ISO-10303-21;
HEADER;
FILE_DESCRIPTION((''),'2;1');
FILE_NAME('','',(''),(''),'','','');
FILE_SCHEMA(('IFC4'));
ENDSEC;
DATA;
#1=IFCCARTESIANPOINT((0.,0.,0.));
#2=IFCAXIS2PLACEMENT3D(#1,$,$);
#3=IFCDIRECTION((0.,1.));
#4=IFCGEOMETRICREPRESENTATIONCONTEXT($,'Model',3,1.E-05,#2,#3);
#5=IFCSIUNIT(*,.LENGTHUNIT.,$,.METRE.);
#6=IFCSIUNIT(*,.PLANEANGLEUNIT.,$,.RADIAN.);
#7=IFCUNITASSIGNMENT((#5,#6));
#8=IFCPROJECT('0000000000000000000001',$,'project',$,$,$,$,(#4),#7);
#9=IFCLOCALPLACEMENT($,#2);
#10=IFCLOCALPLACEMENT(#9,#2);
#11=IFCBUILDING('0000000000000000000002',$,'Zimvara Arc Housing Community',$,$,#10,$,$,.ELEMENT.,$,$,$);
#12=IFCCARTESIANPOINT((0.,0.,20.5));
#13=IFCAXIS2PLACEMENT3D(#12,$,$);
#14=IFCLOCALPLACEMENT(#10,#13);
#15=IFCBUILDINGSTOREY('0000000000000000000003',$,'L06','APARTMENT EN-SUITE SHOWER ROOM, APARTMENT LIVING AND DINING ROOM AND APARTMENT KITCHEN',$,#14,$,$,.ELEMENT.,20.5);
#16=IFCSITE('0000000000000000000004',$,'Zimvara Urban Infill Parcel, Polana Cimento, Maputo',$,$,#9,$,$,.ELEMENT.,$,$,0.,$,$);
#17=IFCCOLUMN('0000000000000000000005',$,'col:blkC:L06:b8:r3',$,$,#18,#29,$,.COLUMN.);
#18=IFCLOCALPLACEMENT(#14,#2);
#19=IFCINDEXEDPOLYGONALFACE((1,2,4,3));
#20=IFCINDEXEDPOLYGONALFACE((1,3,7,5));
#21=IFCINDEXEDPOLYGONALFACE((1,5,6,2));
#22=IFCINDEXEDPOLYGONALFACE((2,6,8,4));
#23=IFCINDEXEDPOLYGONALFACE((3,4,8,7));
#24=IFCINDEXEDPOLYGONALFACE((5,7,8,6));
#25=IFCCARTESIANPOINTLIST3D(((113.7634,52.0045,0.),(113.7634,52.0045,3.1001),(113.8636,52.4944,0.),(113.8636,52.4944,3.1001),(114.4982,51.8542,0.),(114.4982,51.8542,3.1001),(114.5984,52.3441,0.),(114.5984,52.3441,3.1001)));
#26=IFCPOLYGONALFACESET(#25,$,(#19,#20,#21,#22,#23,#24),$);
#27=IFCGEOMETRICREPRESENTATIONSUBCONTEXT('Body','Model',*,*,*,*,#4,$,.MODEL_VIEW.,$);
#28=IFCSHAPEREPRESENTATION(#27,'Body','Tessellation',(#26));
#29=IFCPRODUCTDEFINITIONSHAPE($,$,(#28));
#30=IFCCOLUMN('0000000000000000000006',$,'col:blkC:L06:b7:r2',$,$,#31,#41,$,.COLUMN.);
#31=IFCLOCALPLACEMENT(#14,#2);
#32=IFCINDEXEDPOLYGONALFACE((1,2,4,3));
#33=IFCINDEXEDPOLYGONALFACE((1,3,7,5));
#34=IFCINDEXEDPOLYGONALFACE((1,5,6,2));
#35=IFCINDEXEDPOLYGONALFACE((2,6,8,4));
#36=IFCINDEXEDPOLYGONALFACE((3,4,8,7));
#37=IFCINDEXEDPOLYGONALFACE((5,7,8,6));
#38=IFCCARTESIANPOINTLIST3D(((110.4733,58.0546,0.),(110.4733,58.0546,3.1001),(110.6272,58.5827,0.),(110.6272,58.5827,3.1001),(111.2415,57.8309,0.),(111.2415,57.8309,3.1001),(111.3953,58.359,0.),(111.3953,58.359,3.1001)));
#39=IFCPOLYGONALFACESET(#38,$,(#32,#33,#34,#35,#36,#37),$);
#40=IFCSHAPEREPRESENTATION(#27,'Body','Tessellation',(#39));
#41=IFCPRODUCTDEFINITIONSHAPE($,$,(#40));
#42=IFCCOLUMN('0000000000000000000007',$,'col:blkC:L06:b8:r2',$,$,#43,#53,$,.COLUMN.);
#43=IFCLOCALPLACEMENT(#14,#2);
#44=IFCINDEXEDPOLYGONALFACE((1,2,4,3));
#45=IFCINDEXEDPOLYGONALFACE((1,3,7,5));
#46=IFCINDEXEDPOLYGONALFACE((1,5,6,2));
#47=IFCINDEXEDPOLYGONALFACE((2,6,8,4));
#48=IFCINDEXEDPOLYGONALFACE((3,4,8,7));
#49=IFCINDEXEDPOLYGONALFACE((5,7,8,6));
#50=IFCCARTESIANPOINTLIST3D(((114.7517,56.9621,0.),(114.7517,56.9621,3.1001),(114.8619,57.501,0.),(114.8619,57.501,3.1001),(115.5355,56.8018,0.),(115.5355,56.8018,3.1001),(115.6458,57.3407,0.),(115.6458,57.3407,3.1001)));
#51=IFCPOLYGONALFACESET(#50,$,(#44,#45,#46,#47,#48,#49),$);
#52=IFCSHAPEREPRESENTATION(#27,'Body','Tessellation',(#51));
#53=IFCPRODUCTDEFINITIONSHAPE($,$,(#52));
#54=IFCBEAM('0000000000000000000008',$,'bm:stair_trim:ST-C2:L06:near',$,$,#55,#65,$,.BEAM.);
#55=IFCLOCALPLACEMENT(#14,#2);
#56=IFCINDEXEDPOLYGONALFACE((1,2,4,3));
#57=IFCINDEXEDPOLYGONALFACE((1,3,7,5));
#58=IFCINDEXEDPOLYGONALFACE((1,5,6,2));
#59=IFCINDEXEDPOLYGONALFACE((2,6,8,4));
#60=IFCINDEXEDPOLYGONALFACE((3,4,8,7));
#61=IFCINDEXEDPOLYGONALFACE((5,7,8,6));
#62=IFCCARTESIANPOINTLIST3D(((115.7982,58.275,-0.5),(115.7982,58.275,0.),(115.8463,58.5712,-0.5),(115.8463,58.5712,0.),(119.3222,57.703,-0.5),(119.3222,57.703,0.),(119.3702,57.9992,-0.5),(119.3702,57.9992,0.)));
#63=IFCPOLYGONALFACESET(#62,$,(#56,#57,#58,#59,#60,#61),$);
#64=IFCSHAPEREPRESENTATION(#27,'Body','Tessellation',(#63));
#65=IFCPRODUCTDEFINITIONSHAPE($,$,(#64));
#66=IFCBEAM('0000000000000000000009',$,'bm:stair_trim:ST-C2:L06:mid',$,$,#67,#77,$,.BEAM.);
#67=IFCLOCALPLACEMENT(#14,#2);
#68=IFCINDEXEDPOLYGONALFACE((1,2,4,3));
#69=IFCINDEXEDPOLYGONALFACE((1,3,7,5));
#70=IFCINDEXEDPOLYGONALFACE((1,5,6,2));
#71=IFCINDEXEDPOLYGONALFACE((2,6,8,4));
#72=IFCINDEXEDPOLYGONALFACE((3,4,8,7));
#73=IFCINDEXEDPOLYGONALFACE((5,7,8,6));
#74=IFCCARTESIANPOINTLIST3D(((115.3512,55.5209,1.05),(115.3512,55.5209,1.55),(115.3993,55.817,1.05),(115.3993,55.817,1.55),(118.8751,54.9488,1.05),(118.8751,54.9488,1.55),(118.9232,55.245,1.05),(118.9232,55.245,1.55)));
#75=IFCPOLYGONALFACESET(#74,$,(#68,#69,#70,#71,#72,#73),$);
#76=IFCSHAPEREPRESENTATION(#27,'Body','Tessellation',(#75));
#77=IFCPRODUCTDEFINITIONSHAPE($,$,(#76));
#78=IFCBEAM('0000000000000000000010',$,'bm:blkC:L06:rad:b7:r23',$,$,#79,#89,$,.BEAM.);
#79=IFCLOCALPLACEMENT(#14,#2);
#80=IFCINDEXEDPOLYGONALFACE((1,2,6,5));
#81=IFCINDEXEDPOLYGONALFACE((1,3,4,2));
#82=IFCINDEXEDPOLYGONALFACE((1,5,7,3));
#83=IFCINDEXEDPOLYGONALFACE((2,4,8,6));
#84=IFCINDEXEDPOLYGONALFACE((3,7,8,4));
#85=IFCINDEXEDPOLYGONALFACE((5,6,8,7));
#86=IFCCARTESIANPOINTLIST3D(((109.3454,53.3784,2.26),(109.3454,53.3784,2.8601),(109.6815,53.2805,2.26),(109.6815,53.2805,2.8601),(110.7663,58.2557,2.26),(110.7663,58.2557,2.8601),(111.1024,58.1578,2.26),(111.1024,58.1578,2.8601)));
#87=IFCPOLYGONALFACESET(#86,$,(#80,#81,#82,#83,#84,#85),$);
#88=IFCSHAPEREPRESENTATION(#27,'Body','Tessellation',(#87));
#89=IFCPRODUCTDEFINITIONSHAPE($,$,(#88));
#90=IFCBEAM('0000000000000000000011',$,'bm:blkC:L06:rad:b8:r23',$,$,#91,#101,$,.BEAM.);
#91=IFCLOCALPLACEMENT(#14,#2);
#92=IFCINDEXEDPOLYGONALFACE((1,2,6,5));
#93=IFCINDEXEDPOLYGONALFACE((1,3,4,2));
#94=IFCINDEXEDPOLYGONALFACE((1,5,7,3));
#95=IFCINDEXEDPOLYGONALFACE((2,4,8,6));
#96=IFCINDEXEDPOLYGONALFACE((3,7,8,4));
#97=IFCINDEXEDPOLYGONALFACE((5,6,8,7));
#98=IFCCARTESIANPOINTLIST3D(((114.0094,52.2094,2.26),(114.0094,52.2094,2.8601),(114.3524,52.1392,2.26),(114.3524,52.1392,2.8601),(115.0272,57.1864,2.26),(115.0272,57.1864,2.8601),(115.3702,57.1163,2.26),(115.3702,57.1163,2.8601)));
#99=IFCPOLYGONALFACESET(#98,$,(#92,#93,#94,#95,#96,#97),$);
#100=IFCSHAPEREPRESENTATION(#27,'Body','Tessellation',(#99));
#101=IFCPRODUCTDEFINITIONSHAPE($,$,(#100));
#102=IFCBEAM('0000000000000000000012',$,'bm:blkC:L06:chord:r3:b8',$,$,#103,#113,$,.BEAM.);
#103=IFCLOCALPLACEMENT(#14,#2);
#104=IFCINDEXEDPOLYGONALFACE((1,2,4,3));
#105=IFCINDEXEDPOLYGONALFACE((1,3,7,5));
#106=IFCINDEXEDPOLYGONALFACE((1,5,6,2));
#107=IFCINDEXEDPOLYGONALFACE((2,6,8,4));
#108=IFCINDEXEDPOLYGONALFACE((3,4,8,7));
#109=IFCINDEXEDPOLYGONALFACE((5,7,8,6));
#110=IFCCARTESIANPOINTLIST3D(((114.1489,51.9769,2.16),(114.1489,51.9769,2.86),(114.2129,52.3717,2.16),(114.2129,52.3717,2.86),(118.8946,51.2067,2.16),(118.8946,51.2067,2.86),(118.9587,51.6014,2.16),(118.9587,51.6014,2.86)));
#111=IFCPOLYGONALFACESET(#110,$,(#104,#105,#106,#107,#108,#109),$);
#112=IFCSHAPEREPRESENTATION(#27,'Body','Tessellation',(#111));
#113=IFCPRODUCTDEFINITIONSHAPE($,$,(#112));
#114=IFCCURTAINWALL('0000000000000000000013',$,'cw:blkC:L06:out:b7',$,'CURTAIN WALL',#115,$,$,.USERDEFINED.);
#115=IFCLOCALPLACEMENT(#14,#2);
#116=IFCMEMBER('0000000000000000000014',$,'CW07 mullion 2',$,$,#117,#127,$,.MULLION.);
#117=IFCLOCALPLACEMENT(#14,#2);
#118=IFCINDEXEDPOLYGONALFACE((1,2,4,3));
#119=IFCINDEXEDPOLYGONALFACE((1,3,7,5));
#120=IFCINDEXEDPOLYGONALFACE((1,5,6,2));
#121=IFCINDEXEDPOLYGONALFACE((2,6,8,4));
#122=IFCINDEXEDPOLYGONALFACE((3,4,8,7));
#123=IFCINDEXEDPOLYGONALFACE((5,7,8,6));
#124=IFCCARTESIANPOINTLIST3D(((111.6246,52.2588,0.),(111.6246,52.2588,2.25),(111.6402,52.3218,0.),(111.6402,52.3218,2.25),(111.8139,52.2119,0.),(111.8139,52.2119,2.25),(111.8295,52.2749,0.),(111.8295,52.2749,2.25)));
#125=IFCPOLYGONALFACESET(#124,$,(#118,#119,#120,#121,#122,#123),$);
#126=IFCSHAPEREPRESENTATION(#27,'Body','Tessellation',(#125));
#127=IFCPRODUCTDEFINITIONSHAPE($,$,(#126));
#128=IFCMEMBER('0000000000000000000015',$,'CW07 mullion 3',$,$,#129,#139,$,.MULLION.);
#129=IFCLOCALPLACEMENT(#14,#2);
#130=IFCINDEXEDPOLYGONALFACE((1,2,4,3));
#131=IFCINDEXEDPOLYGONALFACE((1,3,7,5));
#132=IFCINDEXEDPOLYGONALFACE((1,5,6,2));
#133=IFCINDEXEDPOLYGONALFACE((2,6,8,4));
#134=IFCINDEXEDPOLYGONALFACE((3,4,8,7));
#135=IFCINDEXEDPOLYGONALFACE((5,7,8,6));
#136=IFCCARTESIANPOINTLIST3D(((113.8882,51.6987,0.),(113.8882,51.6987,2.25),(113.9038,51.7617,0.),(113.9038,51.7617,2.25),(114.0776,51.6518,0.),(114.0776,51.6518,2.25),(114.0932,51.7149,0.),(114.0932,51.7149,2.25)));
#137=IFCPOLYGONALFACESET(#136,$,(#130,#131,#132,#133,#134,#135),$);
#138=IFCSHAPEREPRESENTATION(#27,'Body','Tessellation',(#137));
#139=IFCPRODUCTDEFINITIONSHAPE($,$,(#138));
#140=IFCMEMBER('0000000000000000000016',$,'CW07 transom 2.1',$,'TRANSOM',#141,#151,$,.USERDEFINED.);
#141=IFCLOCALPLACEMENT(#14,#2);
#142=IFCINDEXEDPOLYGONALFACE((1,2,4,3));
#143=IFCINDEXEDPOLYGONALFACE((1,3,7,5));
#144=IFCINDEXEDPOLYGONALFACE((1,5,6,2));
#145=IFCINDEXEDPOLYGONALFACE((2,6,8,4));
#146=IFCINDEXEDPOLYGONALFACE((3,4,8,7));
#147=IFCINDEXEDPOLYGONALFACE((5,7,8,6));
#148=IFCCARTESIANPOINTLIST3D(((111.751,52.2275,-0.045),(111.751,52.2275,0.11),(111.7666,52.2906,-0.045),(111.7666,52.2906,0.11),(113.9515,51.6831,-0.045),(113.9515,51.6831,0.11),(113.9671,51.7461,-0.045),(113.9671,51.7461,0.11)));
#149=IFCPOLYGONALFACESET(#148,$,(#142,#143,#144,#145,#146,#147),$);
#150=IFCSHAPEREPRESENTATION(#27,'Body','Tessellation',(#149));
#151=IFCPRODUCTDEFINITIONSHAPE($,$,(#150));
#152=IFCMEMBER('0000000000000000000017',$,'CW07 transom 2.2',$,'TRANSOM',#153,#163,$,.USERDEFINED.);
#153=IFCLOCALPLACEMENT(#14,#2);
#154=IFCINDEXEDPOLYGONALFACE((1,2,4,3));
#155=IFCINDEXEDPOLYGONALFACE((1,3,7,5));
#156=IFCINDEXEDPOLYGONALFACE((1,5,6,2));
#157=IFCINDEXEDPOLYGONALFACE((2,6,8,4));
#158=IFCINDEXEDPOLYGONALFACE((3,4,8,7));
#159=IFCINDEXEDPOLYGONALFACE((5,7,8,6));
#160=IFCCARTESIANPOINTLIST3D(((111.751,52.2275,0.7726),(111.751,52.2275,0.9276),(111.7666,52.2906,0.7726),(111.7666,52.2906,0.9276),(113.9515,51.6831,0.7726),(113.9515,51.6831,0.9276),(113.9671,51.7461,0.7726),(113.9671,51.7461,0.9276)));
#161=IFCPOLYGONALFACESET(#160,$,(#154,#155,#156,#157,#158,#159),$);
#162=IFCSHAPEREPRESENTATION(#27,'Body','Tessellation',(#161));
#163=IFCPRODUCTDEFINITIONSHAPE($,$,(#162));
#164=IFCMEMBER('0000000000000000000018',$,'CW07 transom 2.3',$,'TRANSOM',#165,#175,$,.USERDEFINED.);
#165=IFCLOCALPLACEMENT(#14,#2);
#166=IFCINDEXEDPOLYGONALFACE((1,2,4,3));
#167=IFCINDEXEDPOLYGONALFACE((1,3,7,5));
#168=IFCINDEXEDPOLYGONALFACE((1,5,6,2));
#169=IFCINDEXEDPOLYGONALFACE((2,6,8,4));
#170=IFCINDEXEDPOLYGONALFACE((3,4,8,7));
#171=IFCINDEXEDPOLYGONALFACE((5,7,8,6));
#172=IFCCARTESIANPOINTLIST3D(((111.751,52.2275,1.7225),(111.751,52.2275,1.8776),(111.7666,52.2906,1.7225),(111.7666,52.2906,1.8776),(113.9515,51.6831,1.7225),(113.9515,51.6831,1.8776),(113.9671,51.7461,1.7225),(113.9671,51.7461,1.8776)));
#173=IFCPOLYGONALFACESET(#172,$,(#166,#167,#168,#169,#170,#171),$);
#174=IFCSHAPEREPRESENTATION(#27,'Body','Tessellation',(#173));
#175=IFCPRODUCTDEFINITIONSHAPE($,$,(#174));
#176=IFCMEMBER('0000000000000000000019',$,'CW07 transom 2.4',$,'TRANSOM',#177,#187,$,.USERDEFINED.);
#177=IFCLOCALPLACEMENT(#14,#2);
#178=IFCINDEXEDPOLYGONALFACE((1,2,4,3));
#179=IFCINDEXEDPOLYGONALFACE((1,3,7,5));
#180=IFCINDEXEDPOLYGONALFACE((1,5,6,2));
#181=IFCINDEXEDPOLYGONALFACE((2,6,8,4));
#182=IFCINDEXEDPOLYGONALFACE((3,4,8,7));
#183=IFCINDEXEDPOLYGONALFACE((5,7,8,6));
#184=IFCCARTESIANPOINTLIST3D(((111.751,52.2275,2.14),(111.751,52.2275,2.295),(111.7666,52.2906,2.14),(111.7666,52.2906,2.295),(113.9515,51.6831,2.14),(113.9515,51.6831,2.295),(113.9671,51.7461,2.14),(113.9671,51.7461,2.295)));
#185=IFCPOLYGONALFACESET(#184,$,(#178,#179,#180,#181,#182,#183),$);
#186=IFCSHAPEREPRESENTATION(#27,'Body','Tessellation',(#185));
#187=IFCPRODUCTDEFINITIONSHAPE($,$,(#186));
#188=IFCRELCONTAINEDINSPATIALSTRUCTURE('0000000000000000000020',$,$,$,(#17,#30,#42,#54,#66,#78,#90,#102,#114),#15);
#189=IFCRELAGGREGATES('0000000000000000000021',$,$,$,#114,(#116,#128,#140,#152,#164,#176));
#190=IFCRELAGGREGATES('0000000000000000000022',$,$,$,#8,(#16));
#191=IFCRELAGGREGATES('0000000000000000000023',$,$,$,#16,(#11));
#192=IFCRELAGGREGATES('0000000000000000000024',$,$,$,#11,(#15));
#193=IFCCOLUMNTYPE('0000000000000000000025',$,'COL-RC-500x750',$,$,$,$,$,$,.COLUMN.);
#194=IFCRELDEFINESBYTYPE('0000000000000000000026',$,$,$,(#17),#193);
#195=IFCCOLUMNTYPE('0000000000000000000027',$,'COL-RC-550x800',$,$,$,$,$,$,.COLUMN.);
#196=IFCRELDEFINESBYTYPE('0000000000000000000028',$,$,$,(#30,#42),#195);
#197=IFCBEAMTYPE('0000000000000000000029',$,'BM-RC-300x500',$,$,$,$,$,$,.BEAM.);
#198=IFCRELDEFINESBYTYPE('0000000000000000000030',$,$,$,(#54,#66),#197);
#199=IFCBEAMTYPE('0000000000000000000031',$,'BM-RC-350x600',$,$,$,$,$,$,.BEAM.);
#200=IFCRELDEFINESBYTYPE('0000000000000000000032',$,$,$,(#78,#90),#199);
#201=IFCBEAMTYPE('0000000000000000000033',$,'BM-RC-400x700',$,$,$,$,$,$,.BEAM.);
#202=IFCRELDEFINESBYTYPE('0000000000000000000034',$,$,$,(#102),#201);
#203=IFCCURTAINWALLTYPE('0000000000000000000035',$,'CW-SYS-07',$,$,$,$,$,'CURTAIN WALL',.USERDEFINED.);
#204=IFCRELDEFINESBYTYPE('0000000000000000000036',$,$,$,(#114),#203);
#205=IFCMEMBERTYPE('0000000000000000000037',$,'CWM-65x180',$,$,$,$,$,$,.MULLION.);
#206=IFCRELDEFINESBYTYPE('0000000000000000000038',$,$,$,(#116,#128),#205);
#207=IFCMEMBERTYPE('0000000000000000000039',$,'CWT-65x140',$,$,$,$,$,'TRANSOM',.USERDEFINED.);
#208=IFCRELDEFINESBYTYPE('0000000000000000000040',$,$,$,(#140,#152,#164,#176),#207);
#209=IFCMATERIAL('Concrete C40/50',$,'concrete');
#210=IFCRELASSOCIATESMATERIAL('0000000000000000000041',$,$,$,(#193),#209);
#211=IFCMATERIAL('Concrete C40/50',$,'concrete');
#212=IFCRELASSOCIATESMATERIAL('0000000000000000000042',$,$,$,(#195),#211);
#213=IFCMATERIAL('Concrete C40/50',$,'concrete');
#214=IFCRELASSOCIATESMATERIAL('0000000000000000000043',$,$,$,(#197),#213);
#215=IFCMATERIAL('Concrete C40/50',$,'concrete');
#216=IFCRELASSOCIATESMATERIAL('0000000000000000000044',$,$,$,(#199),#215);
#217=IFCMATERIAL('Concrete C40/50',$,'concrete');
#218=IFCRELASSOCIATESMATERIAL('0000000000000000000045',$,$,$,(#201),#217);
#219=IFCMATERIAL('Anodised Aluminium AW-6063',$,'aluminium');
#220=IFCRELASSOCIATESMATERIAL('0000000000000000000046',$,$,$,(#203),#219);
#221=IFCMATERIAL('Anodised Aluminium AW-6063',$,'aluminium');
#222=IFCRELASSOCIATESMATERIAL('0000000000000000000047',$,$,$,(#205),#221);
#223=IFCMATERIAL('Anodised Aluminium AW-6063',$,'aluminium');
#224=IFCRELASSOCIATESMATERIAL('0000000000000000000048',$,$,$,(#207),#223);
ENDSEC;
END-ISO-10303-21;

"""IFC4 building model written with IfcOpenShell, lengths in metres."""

from ifc_helpers import new_model, si_unit, direction, frame, origin, origin_2d, place, context, subcontext, project, spatial, rectangle, extrude, material, material_profile, profile_set, type_object, element, aggregate, save


model = new_model("IFC4")

# Units and contexts
model_context = context("Model", 3, precision=1e-05, world=origin(), true_north=direction((0.0, 1.0)))
body_context = subcontext(model_context, "Body", "Model", "MODEL_VIEW")
ifc_project = project(units=[si_unit("LENGTHUNIT", "METRE"), si_unit("PLANEANGLEUNIT", "RADIAN")], contexts=[model_context])

# Site, building, storey
site_placement = place(None, origin())
site = spatial("IfcSite", under=ifc_project, at=site_placement, Name="Zimvara Urban Infill Parcel, Polana Cimento, Maputo", CompositionType="ELEMENT", RefElevation=0.0)
building_placement = place(site_placement, origin())
building = spatial("IfcBuilding", under=site, at=building_placement, Name="Zimvara Arc Housing Community", CompositionType="ELEMENT")
storey_placement = place(building_placement, frame((0.0, 0.0, 20.5)))
storey = spatial("IfcBuildingStorey", under=building, at=storey_placement, Name="L06", Description="APARTMENT EN-SUITE SHOWER ROOM, APARTMENT LIVING AND DINING ROOM AND APARTMENT KITCHEN", CompositionType="ELEMENT", Elevation=20.5)

# Columns
ifc_material_1 = material(Name="Concrete C40/50", Category="concrete")
ifc_material_profile_1 = material_profile(ifc_material_1, rectangle(XDim=0.5, YDim=0.75, at=origin_2d()), Name="RC 500x750")
ifc_profile_set_1 = profile_set([ifc_material_profile_1], Name="Concrete C40/50")
column_type_1 = type_object("IfcColumnType", Name="COL-RC-500x750", PredefinedType="COLUMN", material=ifc_profile_set_1)
column_placement = place(storey_placement, frame((114.1809, 52.1743, 0.0), z_axis=(0.0, 0.0, 1.0), x_axis=(-0.200394, -0.979715, 0.0)))
element("IfcColumn", 1, at=column_placement, inside=storey, type_object=column_type_1, Name="col:blkC:L06:b8:r3", PredefinedType="COLUMN", context=body_context, shape_type="SweptSolid", body=[
    extrude(rectangle(XDim=0.5, YDim=0.75, at=origin_2d()), origin(), (0.0, 0.0, 1.0), 3.1001),
])
ifc_material_2 = material(Name="Concrete C40/50", Category="concrete")
ifc_material_profile_2 = material_profile(ifc_material_2, rectangle(XDim=0.55, YDim=0.8, at=origin_2d()), Name="RC 550x800")
ifc_profile_set_2 = profile_set([ifc_material_profile_2], Name="Concrete C40/50")
column_type_2 = type_object("IfcColumnType", Name="COL-RC-550x800", PredefinedType="COLUMN", material=ifc_profile_set_2)
for number, where, z_axis, x_axis, name in (
    (2, (110.9343, 58.2068, 0.0), (0.0, 0.0, 1.0), (-0.279661, -0.960099, 0.0), "col:blkC:L06:b7:r2"),
    (3, (115.1987, 57.1514, 0.0), (0.0, 0.0, 1.0), (-0.200394, -0.979715, 0.0), "col:blkC:L06:b8:r2"),
):
    element("IfcColumn", number, at=place(storey_placement, frame(where, z_axis=z_axis, x_axis=x_axis)), inside=storey, type_object=column_type_2, Name=name, PredefinedType="COLUMN", context=body_context, shape_type="SweptSolid", body=[
        extrude(rectangle(XDim=0.55, YDim=0.8, at=origin_2d()), origin(), (0.0, 0.0, 1.0), 3.1001),
    ])

# Beams
ifc_material_3 = material(Name="Concrete C40/50", Category="concrete")
ifc_material_profile_3 = material_profile(ifc_material_3, rectangle(XDim=0.3, YDim=0.5, at=origin_2d()), Name="RC 300x500")
ifc_profile_set_3 = profile_set([ifc_material_profile_3], Name="Concrete C40/50")
beam_type_1 = type_object("IfcBeamType", Name="BM-RC-300x500", PredefinedType="BEAM", material=ifc_profile_set_3)
for number, where, z_axis, x_axis, name in (
    (4, (115.8223, 58.4231, -0.25), (0.98708, -0.160228, 0.0), (0.160228, 0.98708, 0.0), "bm:stair_trim:ST-C2:L06:near"),
    (5, (115.3752, 55.6689, 1.3), (0.98708, -0.160228, 0.0), (0.160228, 0.98708, 0.0), "bm:stair_trim:ST-C2:L06:mid"),
):
    element("IfcBeam", number, at=place(storey_placement, frame(where, z_axis=z_axis, x_axis=x_axis)), inside=storey, type_object=beam_type_1, Name=name, PredefinedType="BEAM", context=body_context, shape_type="SweptSolid", body=[
        extrude(rectangle(XDim=0.3, YDim=0.5, at=origin_2d()), origin(), (0.0, 0.0, 1.0), 3.5701),
    ])
ifc_material_4 = material(Name="Concrete C40/50", Category="concrete")
ifc_material_profile_4 = material_profile(ifc_material_4, rectangle(XDim=0.3501, YDim=0.6001, at=origin_2d()), Name="RC 350x600")
ifc_profile_set_4 = profile_set([ifc_material_profile_4], Name="Concrete C40/50")
beam_type_2 = type_object("IfcBeamType", Name="BM-RC-350x600", PredefinedType="BEAM", material=ifc_profile_set_4)
for number, where, z_axis, x_axis, name in (
    (6, (110.9343, 58.2068, 2.5601), (-0.279694, -0.960089, 0.0), (0.960089, -0.279694, 0.0), "bm:blkC:L06:rad:b7:r23"),
    (7, (115.1987, 57.1514, 2.5601), (-0.200356, -0.979723, 0.0), (0.979723, -0.200356, 0.0), "bm:blkC:L06:rad:b8:r23"),
):
    element("IfcBeam", number, at=place(storey_placement, frame(where, z_axis=z_axis, x_axis=x_axis)), inside=storey, type_object=beam_type_2, Name=name, PredefinedType="BEAM", context=body_context, shape_type="SweptSolid", body=[
        extrude(rectangle(XDim=0.3501, YDim=0.6001, at=origin_2d()), origin(), (0.0, 0.0, 1.0), 5.0801),
    ])
ifc_material_5 = material(Name="Concrete C40/50", Category="concrete")
ifc_material_profile_5 = material_profile(ifc_material_5, rectangle(XDim=0.3999, YDim=0.7, at=origin_2d()), Name="RC 400x700")
ifc_profile_set_5 = profile_set([ifc_material_profile_5], Name="Concrete C40/50")
beam_type_3 = type_object("IfcBeamType", Name="BM-RC-400x700", PredefinedType="BEAM", material=ifc_profile_set_5)
beam_placement = place(storey_placement, frame((114.1809, 52.1743, 2.51), z_axis=(0.987084, -0.160206, 0.0), x_axis=(0.160206, 0.987084, 0.0)))
element("IfcBeam", 8, at=beam_placement, inside=storey, type_object=beam_type_3, Name="bm:blkC:L06:chord:r3:b8", PredefinedType="BEAM", context=body_context, shape_type="SweptSolid", body=[
    extrude(rectangle(XDim=0.3999, YDim=0.7, at=origin_2d()), origin(), (0.0, 0.0, 1.0), 4.8079),
])

# Curtain wall, members
ifc_material_6 = material(Name="Anodised Aluminium AW-6063", Category="aluminium")
curtain_wall_type = type_object("IfcCurtainWallType", Name="CW-SYS-07", ElementType="CURTAIN WALL", PredefinedType="USERDEFINED", material=ifc_material_6)
curtain_wall_placement = place(storey_placement, origin())
curtain_wall = element("IfcCurtainWall", 9, at=curtain_wall_placement, inside=storey, type_object=curtain_wall_type, Name="cw:blkC:L06:out:b7", ObjectType="CURTAIN WALL", PredefinedType="USERDEFINED")
ifc_material_7 = material(Name="Anodised Aluminium AW-6063", Category="aluminium")
ifc_material_profile_6 = material_profile(ifc_material_7, rectangle(XDim=0.0649, YDim=0.1951, at=origin_2d()), Name="ALU 65x195")
ifc_profile_set_6 = profile_set([ifc_material_profile_6], Name="Anodised Aluminium AW-6063")
member_type_1 = type_object("IfcMemberType", Name="CWM-65x180", PredefinedType="MULLION", material=ifc_profile_set_6)
member_1_placement = place(storey_placement, frame((111.7271, 52.2668, 0.0), z_axis=(0.0, 0.0, 1.0), x_axis=(0.24023, 0.970716, 0.0)))
member_1 = element("IfcMember", 10, at=member_1_placement, type_object=member_type_1, Name="CW07 mullion 2", PredefinedType="MULLION", context=body_context, shape_type="SweptSolid", body=[
    extrude(rectangle(XDim=0.0649, YDim=0.1951, at=origin_2d()), origin(), (0.0, 0.0, 1.0), 2.25),
])
member_2_placement = place(storey_placement, frame((113.9907, 51.7068, 0.0), z_axis=(0.0, 0.0, 1.0), x_axis=(0.24023, 0.970716, 0.0)))
member_2 = element("IfcMember", 11, at=member_2_placement, type_object=member_type_1, Name="CW07 mullion 3", PredefinedType="MULLION", context=body_context, shape_type="SweptSolid", body=[
    extrude(rectangle(XDim=0.0649, YDim=0.1951, at=origin_2d()), origin(), (0.0, 0.0, 1.0), 2.25),
])
ifc_material_8 = material(Name="Anodised Aluminium AW-6063", Category="aluminium")
ifc_material_profile_7 = material_profile(ifc_material_8, rectangle(XDim=0.0649, YDim=0.155, at=origin_2d()), Name="ALU 65x155")
ifc_profile_set_7 = profile_set([ifc_material_profile_7], Name="Anodised Aluminium AW-6063")
member_type_2 = type_object("IfcMemberType", Name="CWT-65x140", ElementType="TRANSOM", PredefinedType="USERDEFINED", material=ifc_profile_set_7)
member_3_placement = place(storey_placement, frame((111.7588, 52.259, 0.0325), z_axis=(0.970729, -0.240178, 0.0), x_axis=(0.240178, 0.970729, 0.0)))
member_3 = element("IfcMember", 12, at=member_3_placement, type_object=member_type_2, Name="CW07 transom 2.1", ObjectType="TRANSOM", PredefinedType="USERDEFINED", context=body_context, shape_type="SweptSolid", body=[
    extrude(rectangle(XDim=0.0649, YDim=0.155, at=origin_2d()), origin(), (0.0, 0.0, 1.0), 2.2668),
])
member_4_placement = place(storey_placement, frame((111.7588, 52.259, 0.8501), z_axis=(0.970729, -0.240178, 0.0), x_axis=(0.240178, 0.970729, 0.0)))
member_4 = element("IfcMember", 13, at=member_4_placement, type_object=member_type_2, Name="CW07 transom 2.2", ObjectType="TRANSOM", PredefinedType="USERDEFINED", context=body_context, shape_type="SweptSolid", body=[
    extrude(rectangle(XDim=0.0649, YDim=0.155, at=origin_2d()), origin(), (0.0, 0.0, 1.0), 2.2668),
])
member_5_placement = place(storey_placement, frame((111.7588, 52.259, 1.8), z_axis=(0.970729, -0.240178, 0.0), x_axis=(0.240178, 0.970729, 0.0)))
member_5 = element("IfcMember", 14, at=member_5_placement, type_object=member_type_2, Name="CW07 transom 2.3", ObjectType="TRANSOM", PredefinedType="USERDEFINED", context=body_context, shape_type="SweptSolid", body=[
    extrude(rectangle(XDim=0.0649, YDim=0.155, at=origin_2d()), origin(), (0.0, 0.0, 1.0), 2.2668),
])
member_6_placement = place(storey_placement, frame((111.7588, 52.259, 2.2175), z_axis=(0.970729, -0.240178, 0.0), x_axis=(0.240178, 0.970729, 0.0)))
member_6 = element("IfcMember", 15, at=member_6_placement, type_object=member_type_2, Name="CW07 transom 2.4", ObjectType="TRANSOM", PredefinedType="USERDEFINED", context=body_context, shape_type="SweptSolid", body=[
    extrude(rectangle(XDim=0.0649, YDim=0.155, at=origin_2d()), origin(), (0.0, 0.0, 1.0), 2.2668),
])
aggregate(curtain_wall, [member_1, member_2, member_3, member_4, member_5, member_6])

save(model, "model.ifc")
